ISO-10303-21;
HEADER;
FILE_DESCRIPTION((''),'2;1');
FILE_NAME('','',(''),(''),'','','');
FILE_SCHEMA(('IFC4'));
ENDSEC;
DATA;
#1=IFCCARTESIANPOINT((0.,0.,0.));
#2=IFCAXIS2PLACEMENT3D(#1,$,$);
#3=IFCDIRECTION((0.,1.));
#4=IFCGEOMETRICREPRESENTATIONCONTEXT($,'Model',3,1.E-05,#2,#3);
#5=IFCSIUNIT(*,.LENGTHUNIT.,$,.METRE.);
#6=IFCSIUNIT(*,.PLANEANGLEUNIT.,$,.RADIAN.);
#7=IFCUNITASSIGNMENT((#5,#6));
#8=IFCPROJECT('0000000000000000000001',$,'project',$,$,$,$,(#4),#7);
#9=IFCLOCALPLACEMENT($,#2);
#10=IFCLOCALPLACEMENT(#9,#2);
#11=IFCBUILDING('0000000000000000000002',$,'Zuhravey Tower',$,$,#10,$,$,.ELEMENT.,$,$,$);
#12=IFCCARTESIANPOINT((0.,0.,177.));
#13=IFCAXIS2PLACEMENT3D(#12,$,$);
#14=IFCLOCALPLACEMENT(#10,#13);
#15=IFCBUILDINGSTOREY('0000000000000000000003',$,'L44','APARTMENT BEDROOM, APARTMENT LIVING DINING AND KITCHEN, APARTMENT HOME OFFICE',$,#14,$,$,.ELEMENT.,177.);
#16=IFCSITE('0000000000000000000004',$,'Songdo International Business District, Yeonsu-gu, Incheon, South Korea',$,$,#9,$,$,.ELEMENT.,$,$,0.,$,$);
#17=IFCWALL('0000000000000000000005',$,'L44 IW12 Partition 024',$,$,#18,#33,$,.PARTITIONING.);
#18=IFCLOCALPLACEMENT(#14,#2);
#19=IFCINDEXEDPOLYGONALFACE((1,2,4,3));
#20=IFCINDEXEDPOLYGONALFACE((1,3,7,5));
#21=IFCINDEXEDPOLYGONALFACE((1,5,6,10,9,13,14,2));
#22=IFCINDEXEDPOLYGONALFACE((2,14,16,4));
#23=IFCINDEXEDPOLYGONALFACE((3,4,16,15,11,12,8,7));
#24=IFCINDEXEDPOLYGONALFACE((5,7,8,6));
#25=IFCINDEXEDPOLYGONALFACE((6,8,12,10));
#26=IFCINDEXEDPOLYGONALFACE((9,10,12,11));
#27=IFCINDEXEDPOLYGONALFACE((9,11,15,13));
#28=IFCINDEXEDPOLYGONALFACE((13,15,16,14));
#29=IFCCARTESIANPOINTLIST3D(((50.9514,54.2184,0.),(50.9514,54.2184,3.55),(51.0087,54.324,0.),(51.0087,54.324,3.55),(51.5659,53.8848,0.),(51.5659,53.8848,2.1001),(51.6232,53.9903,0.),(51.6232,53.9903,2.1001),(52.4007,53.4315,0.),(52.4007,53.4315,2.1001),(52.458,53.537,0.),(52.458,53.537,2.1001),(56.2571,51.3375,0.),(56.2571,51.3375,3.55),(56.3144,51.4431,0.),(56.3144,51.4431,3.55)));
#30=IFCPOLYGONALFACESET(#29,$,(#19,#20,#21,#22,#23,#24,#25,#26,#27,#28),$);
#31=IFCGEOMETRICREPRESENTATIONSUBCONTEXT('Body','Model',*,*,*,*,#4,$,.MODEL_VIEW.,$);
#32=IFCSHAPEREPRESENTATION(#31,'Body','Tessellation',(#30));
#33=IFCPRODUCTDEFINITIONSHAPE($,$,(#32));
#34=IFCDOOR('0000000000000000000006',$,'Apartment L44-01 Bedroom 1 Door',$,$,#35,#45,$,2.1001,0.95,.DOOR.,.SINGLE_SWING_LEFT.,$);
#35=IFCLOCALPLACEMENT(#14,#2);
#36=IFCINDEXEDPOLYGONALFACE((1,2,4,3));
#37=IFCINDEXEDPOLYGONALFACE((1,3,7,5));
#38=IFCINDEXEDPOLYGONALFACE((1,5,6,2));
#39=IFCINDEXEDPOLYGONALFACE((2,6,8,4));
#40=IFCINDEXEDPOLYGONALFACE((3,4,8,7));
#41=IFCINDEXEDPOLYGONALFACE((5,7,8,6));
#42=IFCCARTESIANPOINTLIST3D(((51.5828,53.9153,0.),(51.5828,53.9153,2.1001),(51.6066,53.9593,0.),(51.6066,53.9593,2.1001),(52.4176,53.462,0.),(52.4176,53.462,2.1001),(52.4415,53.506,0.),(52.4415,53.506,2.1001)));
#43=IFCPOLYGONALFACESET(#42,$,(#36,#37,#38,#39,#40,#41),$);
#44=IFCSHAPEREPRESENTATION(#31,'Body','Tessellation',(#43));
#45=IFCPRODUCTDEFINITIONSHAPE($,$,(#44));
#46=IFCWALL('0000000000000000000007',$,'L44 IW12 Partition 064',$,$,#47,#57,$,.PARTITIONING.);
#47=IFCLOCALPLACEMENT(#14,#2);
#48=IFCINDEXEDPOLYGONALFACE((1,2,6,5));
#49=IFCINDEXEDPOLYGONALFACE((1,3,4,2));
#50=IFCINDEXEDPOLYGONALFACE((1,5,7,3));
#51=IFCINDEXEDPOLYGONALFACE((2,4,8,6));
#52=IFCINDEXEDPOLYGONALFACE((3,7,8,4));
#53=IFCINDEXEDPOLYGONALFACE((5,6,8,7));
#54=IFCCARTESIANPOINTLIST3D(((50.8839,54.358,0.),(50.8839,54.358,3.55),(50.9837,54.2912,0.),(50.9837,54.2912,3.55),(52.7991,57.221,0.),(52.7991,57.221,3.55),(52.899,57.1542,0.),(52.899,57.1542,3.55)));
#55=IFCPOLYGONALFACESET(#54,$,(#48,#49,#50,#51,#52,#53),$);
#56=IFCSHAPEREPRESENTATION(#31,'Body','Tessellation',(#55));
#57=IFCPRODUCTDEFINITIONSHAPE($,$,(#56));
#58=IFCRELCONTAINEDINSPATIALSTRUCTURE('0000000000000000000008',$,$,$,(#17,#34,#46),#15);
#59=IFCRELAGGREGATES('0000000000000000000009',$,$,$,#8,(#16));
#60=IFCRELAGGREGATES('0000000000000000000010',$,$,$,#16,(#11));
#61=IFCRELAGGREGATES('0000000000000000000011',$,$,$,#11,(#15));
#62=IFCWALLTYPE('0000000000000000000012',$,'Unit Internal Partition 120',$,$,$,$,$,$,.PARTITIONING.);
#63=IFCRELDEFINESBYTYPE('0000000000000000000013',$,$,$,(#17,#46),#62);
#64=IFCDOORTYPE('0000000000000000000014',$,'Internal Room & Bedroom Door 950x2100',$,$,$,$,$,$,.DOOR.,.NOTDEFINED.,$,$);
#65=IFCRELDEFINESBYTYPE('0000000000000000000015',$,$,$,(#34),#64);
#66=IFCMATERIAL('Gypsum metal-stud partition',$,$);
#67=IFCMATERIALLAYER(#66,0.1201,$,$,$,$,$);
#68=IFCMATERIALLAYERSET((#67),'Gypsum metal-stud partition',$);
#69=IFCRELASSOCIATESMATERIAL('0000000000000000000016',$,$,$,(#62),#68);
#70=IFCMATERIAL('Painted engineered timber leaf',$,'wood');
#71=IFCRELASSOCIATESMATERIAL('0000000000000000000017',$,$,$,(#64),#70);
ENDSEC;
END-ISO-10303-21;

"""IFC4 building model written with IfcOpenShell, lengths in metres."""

from ifc_helpers import new_model, si_unit, direction, frame, frame_2d, origin, place, context, subcontext, project, spatial, rectangle, extrude, material, layer, layer_set, type_object, element, fill, save


model = new_model("IFC4")

# Units and contexts
model_context = context("Model", 3, precision=1e-05, world=origin(), true_north=direction((0.0, 1.0)))
body_context = subcontext(model_context, "Body", "Model", "MODEL_VIEW")
ifc_project = project(units=[si_unit("LENGTHUNIT", "METRE"), si_unit("PLANEANGLEUNIT", "RADIAN")], contexts=[model_context])

# Site, building, storey
site_placement = place(None, origin())
site = spatial("IfcSite", under=ifc_project, at=site_placement, Name="Songdo International Business District, Yeonsu-gu, Incheon, South Korea", CompositionType="ELEMENT", RefElevation=0.0)
building_placement = place(site_placement, origin())
building = spatial("IfcBuilding", under=site, at=building_placement, Name="Zuhravey Tower", CompositionType="ELEMENT")
storey_placement = place(building_placement, frame((0.0, 0.0, 177.0)))
storey = spatial("IfcBuildingStorey", under=building, at=storey_placement, Name="L44", Description="APARTMENT BEDROOM, APARTMENT LIVING DINING AND KITCHEN, APARTMENT HOME OFFICE", CompositionType="ELEMENT", Elevation=177.0)

# Shared definitions
ifc_material_1 = material(Name="Gypsum metal-stud partition")
ifc_layer_1 = layer(ifc_material_1, 0.1201)
ifc_layer_set_1 = layer_set([ifc_layer_1], Name="Gypsum metal-stud partition")
wall_type_1 = type_object("IfcWallType", Name="Unit Internal Partition 120", PredefinedType="PARTITIONING", material=ifc_layer_set_1)
ifc_material_2 = material(Name="Painted engineered timber leaf", Category="wood")
door_type = type_object("IfcDoorType", Name="Internal Room & Bedroom Door 950x2100", OperationType="NOTDEFINED", PredefinedType="DOOR", material=ifc_material_2)

# Wall, opening, door
wall_1_placement = place(storey_placement, frame((56.2856, 51.3904, 0.0), z_axis=(0.0, 0.0, 1.0), x_axis=(-0.878809, 0.477174, 0.0)))
wall_1 = element("IfcWall", 1, at=wall_1_placement, inside=storey, type_object=wall_type_1, Name="L44 IW12 Partition 024", PredefinedType="PARTITIONING", context=body_context, shape_type="SweptSolid", body=[
    extrude(rectangle(XDim=6.0374, YDim=0.1201, at=frame_2d((3.0186, 0.0))), origin(), (0.0, 0.0, 1.0), 3.55),
])
opening_1_placement = place(wall_1_placement, frame((4.3879, 0.0, 0.0)))
opening_1 = element("IfcOpeningElement", 2, at=opening_1_placement, cuts=wall_1, PredefinedType="OPENING", context=body_context, shape_type="SweptSolid", body=[
    extrude(rectangle(XDim=0.95, YDim=2.1001, at=frame_2d((0.4751, 1.05))), frame((0.0, 0.072, 0.0), z_axis=(0.0, -1.0, 0.0), x_axis=(1.0, 0.0, 0.0)), (0.0, 0.0, 1.0), 0.144),
])
door_1_placement = place(opening_1_placement, frame((0.95, 0.0, 0.0), z_axis=(0.0, 0.0, 1.0), x_axis=(-1.0, 0.0, 0.0)))
door_1 = element("IfcDoor", 3, at=door_1_placement, inside=storey, type_object=door_type, Name="Apartment L44-01 Bedroom 1 Door", OperationType="SINGLE_SWING_LEFT", OverallHeight=2.1001, OverallWidth=0.95, PredefinedType="DOOR", context=body_context, shape_type="SweptSolid", body=[
    extrude(rectangle(XDim=0.95, YDim=2.1001, at=frame_2d((0.4751, 1.05))), frame((0.0, 0.0249, 0.0), z_axis=(0.0, -1.0, 0.0), x_axis=(1.0, 0.0, 0.0)), (0.0, 0.0, 1.0), 0.05),
])
fill(opening_1, door_1)

# Wall
wall_2_placement = place(storey_placement, frame((50.9338, 54.3247, 0.0), z_axis=(0.0, 0.0, 1.0), x_axis=(0.556024, 0.831166, 0.0)))
element("IfcWall", 4, at=wall_2_placement, inside=storey, type_object=wall_type_1, Name="L44 IW12 Partition 064", PredefinedType="PARTITIONING", context=body_context, shape_type="SweptSolid", body=[
    extrude(rectangle(XDim=3.4446, YDim=0.1201, at=frame_2d((1.7222, 0.0))), origin(), (0.0, 0.0, 1.0), 3.55),
])

save(model, "model.ifc")
